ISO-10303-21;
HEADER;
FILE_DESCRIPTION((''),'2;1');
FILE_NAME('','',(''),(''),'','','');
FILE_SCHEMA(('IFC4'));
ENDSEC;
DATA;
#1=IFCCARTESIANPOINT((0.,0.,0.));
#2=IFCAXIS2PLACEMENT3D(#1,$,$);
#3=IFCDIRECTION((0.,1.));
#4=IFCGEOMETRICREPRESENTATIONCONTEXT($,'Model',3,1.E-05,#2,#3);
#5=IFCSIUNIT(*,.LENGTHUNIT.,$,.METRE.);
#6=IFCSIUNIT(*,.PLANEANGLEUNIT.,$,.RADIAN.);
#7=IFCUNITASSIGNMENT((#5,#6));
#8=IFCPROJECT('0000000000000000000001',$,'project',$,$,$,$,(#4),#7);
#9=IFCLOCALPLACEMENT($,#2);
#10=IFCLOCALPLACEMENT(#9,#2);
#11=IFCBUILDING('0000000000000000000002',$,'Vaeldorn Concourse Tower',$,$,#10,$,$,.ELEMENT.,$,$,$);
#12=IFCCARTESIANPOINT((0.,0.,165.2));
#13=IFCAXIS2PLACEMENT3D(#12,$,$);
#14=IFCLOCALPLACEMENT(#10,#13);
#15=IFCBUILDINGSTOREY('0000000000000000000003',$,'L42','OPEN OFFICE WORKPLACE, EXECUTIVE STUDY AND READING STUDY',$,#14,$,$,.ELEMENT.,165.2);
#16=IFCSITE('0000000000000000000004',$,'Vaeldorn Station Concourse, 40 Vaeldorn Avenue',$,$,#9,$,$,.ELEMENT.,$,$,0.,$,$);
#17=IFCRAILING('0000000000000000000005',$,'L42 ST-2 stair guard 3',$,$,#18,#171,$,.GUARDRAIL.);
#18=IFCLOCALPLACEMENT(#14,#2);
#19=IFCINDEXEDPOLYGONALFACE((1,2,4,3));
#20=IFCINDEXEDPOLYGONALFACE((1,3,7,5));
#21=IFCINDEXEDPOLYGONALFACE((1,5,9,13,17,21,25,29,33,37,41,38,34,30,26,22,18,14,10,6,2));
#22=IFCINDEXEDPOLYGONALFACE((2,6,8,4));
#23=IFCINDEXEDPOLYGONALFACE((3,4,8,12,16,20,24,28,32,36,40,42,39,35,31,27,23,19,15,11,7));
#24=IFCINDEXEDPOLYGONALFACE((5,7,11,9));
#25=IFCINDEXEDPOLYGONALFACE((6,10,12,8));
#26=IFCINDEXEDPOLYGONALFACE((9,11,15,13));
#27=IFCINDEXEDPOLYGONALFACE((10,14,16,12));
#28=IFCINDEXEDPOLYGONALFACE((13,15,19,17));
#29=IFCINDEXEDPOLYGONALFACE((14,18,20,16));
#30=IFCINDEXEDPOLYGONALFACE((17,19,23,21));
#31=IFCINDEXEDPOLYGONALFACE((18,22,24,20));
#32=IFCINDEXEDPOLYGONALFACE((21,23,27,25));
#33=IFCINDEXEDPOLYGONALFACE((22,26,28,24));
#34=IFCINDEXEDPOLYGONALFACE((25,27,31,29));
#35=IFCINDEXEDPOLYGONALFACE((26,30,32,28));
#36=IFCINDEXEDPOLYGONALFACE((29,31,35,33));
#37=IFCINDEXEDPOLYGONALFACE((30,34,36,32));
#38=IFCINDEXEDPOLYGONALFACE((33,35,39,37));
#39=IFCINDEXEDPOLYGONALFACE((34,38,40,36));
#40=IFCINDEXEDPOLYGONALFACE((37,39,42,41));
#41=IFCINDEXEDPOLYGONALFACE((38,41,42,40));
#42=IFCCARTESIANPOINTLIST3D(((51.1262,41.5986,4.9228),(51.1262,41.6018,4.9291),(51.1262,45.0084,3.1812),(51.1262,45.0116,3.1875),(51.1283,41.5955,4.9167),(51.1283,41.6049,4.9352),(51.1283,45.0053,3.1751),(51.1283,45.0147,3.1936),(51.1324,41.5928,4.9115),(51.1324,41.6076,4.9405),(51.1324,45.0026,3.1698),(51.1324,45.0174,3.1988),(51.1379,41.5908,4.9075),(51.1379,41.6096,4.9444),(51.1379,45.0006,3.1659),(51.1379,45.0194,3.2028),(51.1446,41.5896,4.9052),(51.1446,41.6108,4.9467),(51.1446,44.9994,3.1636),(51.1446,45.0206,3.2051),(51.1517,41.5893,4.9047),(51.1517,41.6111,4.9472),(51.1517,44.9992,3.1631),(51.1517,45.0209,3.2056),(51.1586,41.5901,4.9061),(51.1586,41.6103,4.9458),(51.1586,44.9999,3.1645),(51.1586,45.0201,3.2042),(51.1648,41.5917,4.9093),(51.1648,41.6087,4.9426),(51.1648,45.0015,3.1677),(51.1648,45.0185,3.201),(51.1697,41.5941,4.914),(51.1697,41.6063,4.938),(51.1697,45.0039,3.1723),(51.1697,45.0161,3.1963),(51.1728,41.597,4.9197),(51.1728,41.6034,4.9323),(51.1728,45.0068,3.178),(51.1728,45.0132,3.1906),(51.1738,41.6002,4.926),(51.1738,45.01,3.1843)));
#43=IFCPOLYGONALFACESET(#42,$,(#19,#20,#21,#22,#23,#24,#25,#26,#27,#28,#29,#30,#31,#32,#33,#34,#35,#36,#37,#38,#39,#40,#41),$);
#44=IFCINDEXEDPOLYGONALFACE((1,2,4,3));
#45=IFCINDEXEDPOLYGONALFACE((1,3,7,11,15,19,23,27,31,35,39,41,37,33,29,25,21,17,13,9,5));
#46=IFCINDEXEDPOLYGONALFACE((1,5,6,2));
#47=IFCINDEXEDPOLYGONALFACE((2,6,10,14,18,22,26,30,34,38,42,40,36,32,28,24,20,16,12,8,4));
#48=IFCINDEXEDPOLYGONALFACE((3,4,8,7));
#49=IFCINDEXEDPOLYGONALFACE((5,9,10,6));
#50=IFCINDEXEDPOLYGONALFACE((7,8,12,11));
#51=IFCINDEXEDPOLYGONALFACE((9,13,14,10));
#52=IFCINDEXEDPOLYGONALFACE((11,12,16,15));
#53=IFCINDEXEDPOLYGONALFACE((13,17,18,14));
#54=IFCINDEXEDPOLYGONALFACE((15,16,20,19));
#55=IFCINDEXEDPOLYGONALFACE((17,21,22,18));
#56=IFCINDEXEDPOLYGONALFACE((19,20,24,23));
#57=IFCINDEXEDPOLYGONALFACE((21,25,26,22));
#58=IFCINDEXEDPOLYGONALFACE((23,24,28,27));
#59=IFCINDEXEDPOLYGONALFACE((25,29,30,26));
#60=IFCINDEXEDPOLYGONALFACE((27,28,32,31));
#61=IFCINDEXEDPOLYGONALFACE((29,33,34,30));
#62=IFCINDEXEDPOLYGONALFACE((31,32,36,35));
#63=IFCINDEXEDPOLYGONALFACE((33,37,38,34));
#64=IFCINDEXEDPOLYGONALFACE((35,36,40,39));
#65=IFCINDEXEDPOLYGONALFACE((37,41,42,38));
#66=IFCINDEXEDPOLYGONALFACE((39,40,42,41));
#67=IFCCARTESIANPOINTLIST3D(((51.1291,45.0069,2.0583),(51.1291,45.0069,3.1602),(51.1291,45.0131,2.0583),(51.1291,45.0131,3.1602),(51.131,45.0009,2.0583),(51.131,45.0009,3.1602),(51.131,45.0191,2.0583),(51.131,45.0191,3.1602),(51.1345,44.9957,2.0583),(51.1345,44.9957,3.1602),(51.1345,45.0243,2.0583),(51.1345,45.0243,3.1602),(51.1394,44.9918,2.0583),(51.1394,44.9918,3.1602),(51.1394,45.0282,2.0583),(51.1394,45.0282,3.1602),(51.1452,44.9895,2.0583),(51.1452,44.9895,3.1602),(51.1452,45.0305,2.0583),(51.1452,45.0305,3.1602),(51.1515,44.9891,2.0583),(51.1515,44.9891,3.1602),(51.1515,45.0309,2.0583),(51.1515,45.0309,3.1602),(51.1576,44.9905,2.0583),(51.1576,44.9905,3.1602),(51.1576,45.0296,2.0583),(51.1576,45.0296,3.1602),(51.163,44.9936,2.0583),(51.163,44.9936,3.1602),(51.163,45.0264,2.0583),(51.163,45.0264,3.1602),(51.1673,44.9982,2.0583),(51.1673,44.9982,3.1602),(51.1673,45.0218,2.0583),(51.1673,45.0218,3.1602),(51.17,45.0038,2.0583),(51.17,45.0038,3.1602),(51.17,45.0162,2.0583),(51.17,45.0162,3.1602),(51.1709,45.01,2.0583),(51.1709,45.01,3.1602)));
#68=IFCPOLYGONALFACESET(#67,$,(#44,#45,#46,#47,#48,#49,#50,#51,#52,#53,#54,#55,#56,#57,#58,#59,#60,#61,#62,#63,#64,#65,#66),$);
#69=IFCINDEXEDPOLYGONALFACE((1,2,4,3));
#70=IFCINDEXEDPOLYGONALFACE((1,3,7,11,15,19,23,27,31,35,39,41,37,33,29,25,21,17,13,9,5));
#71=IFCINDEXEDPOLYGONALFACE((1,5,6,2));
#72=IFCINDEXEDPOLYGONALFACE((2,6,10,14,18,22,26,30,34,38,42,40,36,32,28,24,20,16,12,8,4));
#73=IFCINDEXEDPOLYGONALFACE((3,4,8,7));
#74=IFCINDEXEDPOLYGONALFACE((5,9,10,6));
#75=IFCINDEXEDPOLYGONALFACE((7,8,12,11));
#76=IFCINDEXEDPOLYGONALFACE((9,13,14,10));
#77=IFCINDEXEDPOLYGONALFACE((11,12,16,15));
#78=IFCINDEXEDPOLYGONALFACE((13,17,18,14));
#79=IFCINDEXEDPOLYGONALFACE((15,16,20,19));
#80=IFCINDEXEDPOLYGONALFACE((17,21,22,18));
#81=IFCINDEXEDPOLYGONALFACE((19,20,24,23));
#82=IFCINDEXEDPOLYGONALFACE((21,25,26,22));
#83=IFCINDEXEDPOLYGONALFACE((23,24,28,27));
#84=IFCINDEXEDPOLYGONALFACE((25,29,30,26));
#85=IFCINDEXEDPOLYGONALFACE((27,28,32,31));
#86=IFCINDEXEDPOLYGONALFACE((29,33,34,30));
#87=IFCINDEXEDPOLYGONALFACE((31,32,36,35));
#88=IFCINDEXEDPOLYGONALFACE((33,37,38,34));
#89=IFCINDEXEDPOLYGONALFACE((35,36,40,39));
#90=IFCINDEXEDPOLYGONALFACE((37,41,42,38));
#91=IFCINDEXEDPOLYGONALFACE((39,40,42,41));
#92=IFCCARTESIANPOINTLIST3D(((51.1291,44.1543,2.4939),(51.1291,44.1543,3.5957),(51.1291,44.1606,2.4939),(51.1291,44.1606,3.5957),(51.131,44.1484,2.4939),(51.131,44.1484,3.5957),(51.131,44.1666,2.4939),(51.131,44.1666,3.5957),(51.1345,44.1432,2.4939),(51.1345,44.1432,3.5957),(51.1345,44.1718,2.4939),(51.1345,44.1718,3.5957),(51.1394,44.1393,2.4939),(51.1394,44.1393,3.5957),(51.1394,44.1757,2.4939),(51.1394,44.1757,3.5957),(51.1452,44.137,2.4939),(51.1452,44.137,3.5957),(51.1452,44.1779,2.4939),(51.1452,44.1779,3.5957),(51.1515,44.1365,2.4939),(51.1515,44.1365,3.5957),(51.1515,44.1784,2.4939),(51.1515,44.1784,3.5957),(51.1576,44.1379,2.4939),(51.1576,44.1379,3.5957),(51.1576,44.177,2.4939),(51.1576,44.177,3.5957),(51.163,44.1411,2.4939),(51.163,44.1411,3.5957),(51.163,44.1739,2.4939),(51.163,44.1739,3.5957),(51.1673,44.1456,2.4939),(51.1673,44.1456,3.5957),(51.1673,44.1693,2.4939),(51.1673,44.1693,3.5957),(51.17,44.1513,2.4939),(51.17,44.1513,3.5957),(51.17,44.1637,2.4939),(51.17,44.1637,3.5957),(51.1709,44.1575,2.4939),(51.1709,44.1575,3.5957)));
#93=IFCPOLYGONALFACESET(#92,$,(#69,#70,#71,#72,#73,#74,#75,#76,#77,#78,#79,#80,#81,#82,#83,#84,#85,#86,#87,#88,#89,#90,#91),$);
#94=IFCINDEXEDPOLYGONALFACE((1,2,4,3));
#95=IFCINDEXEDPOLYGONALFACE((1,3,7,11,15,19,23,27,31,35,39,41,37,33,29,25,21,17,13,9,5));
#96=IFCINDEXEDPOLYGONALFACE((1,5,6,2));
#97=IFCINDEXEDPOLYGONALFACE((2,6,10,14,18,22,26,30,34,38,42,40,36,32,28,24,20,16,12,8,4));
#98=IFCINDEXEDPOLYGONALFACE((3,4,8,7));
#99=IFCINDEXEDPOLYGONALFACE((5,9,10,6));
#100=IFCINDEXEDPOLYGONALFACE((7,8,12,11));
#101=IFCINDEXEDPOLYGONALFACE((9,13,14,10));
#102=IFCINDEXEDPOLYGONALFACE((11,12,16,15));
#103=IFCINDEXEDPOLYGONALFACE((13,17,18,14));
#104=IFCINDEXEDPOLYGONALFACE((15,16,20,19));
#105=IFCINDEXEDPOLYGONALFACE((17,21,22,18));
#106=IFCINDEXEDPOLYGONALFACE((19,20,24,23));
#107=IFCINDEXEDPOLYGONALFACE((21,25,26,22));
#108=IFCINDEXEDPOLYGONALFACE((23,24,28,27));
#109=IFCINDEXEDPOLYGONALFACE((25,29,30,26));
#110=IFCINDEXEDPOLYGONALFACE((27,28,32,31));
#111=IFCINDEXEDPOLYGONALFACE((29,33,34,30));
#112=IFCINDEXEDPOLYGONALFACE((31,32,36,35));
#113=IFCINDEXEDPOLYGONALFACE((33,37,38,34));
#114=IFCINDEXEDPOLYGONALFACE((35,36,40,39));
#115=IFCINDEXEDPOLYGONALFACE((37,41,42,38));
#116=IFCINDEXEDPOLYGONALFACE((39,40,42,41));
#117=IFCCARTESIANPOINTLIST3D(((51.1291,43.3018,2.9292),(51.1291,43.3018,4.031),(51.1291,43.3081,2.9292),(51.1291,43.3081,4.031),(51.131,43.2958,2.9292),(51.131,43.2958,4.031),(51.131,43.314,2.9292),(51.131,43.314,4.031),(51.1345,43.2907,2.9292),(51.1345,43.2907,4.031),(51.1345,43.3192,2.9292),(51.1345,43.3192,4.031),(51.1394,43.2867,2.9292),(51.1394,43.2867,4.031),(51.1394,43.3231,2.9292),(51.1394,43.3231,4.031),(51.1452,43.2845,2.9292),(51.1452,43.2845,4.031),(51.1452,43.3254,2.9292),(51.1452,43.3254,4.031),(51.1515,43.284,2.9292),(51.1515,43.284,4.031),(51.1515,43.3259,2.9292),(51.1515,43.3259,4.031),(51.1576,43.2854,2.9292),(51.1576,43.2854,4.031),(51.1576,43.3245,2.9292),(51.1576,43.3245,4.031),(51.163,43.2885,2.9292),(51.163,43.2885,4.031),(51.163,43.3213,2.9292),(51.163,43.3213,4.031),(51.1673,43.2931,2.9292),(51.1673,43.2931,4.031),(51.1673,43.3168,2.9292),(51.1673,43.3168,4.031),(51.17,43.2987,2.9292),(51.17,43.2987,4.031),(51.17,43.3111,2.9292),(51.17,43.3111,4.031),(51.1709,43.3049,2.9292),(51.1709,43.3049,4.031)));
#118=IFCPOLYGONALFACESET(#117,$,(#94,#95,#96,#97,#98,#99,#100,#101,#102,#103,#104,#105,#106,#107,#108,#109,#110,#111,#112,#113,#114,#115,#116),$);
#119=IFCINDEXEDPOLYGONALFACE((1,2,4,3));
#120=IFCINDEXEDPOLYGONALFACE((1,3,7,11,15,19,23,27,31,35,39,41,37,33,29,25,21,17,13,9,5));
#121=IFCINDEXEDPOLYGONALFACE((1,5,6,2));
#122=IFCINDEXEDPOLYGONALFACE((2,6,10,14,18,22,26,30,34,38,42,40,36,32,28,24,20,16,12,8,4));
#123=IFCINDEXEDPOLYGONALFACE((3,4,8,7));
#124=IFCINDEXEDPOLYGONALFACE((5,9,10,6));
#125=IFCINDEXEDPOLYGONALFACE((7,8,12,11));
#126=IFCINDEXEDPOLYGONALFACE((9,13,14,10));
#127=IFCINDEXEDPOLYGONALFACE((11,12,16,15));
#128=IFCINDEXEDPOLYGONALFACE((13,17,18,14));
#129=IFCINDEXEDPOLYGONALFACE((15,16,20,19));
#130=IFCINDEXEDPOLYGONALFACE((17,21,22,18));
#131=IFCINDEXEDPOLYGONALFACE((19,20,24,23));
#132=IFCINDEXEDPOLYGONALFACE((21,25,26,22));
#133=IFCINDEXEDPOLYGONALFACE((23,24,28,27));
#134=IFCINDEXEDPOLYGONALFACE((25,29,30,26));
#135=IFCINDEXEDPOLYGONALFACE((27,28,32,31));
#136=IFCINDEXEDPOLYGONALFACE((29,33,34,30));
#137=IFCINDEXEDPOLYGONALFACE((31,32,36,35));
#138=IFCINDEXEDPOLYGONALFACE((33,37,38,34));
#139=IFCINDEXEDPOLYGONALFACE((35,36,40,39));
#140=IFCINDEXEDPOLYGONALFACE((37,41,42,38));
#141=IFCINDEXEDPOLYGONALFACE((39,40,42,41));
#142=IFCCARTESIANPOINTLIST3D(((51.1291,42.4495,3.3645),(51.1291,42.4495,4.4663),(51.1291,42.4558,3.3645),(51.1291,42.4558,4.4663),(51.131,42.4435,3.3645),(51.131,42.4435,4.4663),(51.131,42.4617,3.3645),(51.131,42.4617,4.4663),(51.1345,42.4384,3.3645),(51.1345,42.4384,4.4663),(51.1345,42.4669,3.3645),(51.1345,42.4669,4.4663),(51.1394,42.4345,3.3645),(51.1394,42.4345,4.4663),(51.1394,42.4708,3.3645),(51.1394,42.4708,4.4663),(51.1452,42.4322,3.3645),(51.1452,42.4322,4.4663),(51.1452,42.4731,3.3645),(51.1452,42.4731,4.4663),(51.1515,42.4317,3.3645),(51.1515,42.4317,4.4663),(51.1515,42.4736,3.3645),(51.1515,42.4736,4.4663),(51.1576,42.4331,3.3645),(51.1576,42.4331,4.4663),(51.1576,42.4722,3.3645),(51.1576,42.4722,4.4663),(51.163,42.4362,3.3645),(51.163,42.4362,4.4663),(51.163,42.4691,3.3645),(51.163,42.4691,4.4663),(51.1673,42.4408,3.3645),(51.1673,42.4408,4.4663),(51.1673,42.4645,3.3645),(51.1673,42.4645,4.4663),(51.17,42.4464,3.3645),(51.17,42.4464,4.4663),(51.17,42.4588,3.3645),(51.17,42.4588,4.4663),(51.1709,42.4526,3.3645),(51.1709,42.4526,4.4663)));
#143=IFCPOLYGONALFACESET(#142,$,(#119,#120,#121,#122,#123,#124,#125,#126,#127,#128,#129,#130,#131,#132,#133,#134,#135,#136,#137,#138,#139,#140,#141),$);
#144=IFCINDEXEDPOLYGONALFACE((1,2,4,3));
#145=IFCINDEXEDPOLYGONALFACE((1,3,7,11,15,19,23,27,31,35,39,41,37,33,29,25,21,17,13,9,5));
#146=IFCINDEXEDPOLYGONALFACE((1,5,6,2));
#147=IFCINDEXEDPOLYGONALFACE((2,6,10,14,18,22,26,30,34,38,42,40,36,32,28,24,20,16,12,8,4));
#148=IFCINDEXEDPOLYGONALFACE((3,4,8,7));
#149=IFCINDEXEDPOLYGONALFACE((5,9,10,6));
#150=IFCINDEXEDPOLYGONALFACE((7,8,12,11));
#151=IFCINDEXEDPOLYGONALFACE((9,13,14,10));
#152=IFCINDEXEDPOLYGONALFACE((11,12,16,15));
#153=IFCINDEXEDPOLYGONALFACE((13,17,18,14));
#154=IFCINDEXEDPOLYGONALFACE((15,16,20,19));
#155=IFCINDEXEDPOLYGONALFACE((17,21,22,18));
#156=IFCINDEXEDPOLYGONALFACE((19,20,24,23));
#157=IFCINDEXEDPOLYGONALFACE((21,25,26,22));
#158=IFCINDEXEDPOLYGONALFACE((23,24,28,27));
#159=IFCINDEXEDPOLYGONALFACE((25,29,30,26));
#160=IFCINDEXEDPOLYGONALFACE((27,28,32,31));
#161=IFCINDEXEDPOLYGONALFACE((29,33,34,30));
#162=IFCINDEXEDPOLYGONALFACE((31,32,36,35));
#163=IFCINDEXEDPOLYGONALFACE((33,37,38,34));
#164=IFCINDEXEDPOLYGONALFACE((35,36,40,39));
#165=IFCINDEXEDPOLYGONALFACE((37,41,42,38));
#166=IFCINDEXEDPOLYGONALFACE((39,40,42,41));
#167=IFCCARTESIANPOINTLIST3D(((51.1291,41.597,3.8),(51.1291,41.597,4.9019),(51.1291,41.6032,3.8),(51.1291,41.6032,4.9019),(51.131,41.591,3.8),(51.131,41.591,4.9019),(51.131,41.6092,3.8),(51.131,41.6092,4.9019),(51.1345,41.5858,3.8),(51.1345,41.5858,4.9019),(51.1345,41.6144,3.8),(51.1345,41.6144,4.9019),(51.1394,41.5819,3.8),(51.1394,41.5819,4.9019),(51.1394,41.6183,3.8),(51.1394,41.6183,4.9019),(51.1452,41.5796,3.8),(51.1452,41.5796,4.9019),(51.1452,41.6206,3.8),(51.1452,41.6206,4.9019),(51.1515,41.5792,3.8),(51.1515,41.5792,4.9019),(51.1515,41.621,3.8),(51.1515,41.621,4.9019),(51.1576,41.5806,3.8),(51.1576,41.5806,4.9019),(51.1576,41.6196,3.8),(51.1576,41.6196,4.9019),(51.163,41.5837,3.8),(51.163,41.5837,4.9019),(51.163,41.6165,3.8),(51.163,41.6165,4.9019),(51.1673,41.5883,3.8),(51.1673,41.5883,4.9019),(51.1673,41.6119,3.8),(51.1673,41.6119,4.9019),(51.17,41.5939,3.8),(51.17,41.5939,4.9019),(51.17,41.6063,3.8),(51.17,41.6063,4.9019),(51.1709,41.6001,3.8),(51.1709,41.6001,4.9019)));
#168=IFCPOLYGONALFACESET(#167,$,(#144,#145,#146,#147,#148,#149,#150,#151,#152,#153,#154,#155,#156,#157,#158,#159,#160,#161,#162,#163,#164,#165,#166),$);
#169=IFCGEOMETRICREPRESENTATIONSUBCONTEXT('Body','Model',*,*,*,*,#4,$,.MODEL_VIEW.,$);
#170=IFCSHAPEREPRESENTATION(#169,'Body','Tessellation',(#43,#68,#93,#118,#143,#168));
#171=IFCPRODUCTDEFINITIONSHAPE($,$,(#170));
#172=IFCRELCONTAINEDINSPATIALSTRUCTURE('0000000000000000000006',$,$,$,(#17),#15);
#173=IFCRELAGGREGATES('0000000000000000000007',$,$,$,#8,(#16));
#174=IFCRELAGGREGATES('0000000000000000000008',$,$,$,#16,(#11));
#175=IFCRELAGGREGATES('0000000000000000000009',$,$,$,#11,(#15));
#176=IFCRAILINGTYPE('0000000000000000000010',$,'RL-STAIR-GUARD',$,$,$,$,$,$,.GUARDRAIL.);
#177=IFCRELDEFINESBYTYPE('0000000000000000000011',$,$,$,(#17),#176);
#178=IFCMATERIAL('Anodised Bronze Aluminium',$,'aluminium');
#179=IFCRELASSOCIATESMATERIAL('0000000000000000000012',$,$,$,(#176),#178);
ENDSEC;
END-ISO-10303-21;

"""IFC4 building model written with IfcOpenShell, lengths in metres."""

from ifc_helpers import new_model, si_unit, direction, frame, origin, origin_2d, place, context, subcontext, project, spatial, circle, extrude, material, type_object, element, save


model = new_model("IFC4")

# Units and contexts
model_context = context("Model", 3, precision=1e-05, world=origin(), true_north=direction((0.0, 1.0)))
body_context = subcontext(model_context, "Body", "Model", "MODEL_VIEW")
ifc_project = project(units=[si_unit("LENGTHUNIT", "METRE"), si_unit("PLANEANGLEUNIT", "RADIAN")], contexts=[model_context])

# Site, building, storey
site_placement = place(None, origin())
site = spatial("IfcSite", under=ifc_project, at=site_placement, Name="Vaeldorn Station Concourse, 40 Vaeldorn Avenue", CompositionType="ELEMENT", RefElevation=0.0)
building_placement = place(site_placement, origin())
building = spatial("IfcBuilding", under=site, at=building_placement, Name="Vaeldorn Concourse Tower", CompositionType="ELEMENT")
storey_placement = place(building_placement, frame((0.0, 0.0, 165.2)))
storey = spatial("IfcBuildingStorey", under=building, at=storey_placement, Name="L42", Description="OPEN OFFICE WORKPLACE, EXECUTIVE STUDY AND READING STUDY", CompositionType="ELEMENT", Elevation=165.2)

# Shared definitions
ifc_material_1 = material(Name="Anodised Bronze Aluminium", Category="aluminium")

# Railing
railing_type_1 = type_object("IfcRailingType", Name="RL-STAIR-GUARD", PredefinedType="GUARDRAIL", material=ifc_material_1)
railing_1_placement = place(storey_placement, frame((51.1499, 45.01, 2.0583)))
element("IfcRailing", 1, at=railing_1_placement, inside=storey, type_object=railing_type_1, Name="L42 ST-2 stair guard 3", PredefinedType="GUARDRAIL", context=body_context, shape_type="SweptSolid", body=[
    extrude(circle(Radius=0.0239, at=origin_2d()), frame((0.0, 0.0, 1.126), z_axis=(0.0, -0.890556, 0.454874), x_axis=(1.0, 0.0, 0.0)), (0.0, 0.0, 1.0), 3.8289),
    extrude(circle(Radius=0.021, at=origin_2d()), origin(), (0.0, 0.0, 1.0), 1.1018),
    extrude(circle(Radius=0.021, at=origin_2d()), frame((0.0, -0.8525, 0.4355)), (0.0, 0.0, 1.0), 1.1018),
    extrude(circle(Radius=0.021, at=origin_2d()), frame((0.0, -1.7051, 0.8708)), (0.0, 0.0, 1.0), 1.1018),
    extrude(circle(Radius=0.021, at=origin_2d()), frame((0.0, -2.5574, 1.3062)), (0.0, 0.0, 1.0), 1.1018),
    extrude(circle(Radius=0.021, at=origin_2d()), frame((0.0, -3.4099, 1.7417)), (0.0, 0.0, 1.0), 1.1018),
])

save(model, "model.ifc")
